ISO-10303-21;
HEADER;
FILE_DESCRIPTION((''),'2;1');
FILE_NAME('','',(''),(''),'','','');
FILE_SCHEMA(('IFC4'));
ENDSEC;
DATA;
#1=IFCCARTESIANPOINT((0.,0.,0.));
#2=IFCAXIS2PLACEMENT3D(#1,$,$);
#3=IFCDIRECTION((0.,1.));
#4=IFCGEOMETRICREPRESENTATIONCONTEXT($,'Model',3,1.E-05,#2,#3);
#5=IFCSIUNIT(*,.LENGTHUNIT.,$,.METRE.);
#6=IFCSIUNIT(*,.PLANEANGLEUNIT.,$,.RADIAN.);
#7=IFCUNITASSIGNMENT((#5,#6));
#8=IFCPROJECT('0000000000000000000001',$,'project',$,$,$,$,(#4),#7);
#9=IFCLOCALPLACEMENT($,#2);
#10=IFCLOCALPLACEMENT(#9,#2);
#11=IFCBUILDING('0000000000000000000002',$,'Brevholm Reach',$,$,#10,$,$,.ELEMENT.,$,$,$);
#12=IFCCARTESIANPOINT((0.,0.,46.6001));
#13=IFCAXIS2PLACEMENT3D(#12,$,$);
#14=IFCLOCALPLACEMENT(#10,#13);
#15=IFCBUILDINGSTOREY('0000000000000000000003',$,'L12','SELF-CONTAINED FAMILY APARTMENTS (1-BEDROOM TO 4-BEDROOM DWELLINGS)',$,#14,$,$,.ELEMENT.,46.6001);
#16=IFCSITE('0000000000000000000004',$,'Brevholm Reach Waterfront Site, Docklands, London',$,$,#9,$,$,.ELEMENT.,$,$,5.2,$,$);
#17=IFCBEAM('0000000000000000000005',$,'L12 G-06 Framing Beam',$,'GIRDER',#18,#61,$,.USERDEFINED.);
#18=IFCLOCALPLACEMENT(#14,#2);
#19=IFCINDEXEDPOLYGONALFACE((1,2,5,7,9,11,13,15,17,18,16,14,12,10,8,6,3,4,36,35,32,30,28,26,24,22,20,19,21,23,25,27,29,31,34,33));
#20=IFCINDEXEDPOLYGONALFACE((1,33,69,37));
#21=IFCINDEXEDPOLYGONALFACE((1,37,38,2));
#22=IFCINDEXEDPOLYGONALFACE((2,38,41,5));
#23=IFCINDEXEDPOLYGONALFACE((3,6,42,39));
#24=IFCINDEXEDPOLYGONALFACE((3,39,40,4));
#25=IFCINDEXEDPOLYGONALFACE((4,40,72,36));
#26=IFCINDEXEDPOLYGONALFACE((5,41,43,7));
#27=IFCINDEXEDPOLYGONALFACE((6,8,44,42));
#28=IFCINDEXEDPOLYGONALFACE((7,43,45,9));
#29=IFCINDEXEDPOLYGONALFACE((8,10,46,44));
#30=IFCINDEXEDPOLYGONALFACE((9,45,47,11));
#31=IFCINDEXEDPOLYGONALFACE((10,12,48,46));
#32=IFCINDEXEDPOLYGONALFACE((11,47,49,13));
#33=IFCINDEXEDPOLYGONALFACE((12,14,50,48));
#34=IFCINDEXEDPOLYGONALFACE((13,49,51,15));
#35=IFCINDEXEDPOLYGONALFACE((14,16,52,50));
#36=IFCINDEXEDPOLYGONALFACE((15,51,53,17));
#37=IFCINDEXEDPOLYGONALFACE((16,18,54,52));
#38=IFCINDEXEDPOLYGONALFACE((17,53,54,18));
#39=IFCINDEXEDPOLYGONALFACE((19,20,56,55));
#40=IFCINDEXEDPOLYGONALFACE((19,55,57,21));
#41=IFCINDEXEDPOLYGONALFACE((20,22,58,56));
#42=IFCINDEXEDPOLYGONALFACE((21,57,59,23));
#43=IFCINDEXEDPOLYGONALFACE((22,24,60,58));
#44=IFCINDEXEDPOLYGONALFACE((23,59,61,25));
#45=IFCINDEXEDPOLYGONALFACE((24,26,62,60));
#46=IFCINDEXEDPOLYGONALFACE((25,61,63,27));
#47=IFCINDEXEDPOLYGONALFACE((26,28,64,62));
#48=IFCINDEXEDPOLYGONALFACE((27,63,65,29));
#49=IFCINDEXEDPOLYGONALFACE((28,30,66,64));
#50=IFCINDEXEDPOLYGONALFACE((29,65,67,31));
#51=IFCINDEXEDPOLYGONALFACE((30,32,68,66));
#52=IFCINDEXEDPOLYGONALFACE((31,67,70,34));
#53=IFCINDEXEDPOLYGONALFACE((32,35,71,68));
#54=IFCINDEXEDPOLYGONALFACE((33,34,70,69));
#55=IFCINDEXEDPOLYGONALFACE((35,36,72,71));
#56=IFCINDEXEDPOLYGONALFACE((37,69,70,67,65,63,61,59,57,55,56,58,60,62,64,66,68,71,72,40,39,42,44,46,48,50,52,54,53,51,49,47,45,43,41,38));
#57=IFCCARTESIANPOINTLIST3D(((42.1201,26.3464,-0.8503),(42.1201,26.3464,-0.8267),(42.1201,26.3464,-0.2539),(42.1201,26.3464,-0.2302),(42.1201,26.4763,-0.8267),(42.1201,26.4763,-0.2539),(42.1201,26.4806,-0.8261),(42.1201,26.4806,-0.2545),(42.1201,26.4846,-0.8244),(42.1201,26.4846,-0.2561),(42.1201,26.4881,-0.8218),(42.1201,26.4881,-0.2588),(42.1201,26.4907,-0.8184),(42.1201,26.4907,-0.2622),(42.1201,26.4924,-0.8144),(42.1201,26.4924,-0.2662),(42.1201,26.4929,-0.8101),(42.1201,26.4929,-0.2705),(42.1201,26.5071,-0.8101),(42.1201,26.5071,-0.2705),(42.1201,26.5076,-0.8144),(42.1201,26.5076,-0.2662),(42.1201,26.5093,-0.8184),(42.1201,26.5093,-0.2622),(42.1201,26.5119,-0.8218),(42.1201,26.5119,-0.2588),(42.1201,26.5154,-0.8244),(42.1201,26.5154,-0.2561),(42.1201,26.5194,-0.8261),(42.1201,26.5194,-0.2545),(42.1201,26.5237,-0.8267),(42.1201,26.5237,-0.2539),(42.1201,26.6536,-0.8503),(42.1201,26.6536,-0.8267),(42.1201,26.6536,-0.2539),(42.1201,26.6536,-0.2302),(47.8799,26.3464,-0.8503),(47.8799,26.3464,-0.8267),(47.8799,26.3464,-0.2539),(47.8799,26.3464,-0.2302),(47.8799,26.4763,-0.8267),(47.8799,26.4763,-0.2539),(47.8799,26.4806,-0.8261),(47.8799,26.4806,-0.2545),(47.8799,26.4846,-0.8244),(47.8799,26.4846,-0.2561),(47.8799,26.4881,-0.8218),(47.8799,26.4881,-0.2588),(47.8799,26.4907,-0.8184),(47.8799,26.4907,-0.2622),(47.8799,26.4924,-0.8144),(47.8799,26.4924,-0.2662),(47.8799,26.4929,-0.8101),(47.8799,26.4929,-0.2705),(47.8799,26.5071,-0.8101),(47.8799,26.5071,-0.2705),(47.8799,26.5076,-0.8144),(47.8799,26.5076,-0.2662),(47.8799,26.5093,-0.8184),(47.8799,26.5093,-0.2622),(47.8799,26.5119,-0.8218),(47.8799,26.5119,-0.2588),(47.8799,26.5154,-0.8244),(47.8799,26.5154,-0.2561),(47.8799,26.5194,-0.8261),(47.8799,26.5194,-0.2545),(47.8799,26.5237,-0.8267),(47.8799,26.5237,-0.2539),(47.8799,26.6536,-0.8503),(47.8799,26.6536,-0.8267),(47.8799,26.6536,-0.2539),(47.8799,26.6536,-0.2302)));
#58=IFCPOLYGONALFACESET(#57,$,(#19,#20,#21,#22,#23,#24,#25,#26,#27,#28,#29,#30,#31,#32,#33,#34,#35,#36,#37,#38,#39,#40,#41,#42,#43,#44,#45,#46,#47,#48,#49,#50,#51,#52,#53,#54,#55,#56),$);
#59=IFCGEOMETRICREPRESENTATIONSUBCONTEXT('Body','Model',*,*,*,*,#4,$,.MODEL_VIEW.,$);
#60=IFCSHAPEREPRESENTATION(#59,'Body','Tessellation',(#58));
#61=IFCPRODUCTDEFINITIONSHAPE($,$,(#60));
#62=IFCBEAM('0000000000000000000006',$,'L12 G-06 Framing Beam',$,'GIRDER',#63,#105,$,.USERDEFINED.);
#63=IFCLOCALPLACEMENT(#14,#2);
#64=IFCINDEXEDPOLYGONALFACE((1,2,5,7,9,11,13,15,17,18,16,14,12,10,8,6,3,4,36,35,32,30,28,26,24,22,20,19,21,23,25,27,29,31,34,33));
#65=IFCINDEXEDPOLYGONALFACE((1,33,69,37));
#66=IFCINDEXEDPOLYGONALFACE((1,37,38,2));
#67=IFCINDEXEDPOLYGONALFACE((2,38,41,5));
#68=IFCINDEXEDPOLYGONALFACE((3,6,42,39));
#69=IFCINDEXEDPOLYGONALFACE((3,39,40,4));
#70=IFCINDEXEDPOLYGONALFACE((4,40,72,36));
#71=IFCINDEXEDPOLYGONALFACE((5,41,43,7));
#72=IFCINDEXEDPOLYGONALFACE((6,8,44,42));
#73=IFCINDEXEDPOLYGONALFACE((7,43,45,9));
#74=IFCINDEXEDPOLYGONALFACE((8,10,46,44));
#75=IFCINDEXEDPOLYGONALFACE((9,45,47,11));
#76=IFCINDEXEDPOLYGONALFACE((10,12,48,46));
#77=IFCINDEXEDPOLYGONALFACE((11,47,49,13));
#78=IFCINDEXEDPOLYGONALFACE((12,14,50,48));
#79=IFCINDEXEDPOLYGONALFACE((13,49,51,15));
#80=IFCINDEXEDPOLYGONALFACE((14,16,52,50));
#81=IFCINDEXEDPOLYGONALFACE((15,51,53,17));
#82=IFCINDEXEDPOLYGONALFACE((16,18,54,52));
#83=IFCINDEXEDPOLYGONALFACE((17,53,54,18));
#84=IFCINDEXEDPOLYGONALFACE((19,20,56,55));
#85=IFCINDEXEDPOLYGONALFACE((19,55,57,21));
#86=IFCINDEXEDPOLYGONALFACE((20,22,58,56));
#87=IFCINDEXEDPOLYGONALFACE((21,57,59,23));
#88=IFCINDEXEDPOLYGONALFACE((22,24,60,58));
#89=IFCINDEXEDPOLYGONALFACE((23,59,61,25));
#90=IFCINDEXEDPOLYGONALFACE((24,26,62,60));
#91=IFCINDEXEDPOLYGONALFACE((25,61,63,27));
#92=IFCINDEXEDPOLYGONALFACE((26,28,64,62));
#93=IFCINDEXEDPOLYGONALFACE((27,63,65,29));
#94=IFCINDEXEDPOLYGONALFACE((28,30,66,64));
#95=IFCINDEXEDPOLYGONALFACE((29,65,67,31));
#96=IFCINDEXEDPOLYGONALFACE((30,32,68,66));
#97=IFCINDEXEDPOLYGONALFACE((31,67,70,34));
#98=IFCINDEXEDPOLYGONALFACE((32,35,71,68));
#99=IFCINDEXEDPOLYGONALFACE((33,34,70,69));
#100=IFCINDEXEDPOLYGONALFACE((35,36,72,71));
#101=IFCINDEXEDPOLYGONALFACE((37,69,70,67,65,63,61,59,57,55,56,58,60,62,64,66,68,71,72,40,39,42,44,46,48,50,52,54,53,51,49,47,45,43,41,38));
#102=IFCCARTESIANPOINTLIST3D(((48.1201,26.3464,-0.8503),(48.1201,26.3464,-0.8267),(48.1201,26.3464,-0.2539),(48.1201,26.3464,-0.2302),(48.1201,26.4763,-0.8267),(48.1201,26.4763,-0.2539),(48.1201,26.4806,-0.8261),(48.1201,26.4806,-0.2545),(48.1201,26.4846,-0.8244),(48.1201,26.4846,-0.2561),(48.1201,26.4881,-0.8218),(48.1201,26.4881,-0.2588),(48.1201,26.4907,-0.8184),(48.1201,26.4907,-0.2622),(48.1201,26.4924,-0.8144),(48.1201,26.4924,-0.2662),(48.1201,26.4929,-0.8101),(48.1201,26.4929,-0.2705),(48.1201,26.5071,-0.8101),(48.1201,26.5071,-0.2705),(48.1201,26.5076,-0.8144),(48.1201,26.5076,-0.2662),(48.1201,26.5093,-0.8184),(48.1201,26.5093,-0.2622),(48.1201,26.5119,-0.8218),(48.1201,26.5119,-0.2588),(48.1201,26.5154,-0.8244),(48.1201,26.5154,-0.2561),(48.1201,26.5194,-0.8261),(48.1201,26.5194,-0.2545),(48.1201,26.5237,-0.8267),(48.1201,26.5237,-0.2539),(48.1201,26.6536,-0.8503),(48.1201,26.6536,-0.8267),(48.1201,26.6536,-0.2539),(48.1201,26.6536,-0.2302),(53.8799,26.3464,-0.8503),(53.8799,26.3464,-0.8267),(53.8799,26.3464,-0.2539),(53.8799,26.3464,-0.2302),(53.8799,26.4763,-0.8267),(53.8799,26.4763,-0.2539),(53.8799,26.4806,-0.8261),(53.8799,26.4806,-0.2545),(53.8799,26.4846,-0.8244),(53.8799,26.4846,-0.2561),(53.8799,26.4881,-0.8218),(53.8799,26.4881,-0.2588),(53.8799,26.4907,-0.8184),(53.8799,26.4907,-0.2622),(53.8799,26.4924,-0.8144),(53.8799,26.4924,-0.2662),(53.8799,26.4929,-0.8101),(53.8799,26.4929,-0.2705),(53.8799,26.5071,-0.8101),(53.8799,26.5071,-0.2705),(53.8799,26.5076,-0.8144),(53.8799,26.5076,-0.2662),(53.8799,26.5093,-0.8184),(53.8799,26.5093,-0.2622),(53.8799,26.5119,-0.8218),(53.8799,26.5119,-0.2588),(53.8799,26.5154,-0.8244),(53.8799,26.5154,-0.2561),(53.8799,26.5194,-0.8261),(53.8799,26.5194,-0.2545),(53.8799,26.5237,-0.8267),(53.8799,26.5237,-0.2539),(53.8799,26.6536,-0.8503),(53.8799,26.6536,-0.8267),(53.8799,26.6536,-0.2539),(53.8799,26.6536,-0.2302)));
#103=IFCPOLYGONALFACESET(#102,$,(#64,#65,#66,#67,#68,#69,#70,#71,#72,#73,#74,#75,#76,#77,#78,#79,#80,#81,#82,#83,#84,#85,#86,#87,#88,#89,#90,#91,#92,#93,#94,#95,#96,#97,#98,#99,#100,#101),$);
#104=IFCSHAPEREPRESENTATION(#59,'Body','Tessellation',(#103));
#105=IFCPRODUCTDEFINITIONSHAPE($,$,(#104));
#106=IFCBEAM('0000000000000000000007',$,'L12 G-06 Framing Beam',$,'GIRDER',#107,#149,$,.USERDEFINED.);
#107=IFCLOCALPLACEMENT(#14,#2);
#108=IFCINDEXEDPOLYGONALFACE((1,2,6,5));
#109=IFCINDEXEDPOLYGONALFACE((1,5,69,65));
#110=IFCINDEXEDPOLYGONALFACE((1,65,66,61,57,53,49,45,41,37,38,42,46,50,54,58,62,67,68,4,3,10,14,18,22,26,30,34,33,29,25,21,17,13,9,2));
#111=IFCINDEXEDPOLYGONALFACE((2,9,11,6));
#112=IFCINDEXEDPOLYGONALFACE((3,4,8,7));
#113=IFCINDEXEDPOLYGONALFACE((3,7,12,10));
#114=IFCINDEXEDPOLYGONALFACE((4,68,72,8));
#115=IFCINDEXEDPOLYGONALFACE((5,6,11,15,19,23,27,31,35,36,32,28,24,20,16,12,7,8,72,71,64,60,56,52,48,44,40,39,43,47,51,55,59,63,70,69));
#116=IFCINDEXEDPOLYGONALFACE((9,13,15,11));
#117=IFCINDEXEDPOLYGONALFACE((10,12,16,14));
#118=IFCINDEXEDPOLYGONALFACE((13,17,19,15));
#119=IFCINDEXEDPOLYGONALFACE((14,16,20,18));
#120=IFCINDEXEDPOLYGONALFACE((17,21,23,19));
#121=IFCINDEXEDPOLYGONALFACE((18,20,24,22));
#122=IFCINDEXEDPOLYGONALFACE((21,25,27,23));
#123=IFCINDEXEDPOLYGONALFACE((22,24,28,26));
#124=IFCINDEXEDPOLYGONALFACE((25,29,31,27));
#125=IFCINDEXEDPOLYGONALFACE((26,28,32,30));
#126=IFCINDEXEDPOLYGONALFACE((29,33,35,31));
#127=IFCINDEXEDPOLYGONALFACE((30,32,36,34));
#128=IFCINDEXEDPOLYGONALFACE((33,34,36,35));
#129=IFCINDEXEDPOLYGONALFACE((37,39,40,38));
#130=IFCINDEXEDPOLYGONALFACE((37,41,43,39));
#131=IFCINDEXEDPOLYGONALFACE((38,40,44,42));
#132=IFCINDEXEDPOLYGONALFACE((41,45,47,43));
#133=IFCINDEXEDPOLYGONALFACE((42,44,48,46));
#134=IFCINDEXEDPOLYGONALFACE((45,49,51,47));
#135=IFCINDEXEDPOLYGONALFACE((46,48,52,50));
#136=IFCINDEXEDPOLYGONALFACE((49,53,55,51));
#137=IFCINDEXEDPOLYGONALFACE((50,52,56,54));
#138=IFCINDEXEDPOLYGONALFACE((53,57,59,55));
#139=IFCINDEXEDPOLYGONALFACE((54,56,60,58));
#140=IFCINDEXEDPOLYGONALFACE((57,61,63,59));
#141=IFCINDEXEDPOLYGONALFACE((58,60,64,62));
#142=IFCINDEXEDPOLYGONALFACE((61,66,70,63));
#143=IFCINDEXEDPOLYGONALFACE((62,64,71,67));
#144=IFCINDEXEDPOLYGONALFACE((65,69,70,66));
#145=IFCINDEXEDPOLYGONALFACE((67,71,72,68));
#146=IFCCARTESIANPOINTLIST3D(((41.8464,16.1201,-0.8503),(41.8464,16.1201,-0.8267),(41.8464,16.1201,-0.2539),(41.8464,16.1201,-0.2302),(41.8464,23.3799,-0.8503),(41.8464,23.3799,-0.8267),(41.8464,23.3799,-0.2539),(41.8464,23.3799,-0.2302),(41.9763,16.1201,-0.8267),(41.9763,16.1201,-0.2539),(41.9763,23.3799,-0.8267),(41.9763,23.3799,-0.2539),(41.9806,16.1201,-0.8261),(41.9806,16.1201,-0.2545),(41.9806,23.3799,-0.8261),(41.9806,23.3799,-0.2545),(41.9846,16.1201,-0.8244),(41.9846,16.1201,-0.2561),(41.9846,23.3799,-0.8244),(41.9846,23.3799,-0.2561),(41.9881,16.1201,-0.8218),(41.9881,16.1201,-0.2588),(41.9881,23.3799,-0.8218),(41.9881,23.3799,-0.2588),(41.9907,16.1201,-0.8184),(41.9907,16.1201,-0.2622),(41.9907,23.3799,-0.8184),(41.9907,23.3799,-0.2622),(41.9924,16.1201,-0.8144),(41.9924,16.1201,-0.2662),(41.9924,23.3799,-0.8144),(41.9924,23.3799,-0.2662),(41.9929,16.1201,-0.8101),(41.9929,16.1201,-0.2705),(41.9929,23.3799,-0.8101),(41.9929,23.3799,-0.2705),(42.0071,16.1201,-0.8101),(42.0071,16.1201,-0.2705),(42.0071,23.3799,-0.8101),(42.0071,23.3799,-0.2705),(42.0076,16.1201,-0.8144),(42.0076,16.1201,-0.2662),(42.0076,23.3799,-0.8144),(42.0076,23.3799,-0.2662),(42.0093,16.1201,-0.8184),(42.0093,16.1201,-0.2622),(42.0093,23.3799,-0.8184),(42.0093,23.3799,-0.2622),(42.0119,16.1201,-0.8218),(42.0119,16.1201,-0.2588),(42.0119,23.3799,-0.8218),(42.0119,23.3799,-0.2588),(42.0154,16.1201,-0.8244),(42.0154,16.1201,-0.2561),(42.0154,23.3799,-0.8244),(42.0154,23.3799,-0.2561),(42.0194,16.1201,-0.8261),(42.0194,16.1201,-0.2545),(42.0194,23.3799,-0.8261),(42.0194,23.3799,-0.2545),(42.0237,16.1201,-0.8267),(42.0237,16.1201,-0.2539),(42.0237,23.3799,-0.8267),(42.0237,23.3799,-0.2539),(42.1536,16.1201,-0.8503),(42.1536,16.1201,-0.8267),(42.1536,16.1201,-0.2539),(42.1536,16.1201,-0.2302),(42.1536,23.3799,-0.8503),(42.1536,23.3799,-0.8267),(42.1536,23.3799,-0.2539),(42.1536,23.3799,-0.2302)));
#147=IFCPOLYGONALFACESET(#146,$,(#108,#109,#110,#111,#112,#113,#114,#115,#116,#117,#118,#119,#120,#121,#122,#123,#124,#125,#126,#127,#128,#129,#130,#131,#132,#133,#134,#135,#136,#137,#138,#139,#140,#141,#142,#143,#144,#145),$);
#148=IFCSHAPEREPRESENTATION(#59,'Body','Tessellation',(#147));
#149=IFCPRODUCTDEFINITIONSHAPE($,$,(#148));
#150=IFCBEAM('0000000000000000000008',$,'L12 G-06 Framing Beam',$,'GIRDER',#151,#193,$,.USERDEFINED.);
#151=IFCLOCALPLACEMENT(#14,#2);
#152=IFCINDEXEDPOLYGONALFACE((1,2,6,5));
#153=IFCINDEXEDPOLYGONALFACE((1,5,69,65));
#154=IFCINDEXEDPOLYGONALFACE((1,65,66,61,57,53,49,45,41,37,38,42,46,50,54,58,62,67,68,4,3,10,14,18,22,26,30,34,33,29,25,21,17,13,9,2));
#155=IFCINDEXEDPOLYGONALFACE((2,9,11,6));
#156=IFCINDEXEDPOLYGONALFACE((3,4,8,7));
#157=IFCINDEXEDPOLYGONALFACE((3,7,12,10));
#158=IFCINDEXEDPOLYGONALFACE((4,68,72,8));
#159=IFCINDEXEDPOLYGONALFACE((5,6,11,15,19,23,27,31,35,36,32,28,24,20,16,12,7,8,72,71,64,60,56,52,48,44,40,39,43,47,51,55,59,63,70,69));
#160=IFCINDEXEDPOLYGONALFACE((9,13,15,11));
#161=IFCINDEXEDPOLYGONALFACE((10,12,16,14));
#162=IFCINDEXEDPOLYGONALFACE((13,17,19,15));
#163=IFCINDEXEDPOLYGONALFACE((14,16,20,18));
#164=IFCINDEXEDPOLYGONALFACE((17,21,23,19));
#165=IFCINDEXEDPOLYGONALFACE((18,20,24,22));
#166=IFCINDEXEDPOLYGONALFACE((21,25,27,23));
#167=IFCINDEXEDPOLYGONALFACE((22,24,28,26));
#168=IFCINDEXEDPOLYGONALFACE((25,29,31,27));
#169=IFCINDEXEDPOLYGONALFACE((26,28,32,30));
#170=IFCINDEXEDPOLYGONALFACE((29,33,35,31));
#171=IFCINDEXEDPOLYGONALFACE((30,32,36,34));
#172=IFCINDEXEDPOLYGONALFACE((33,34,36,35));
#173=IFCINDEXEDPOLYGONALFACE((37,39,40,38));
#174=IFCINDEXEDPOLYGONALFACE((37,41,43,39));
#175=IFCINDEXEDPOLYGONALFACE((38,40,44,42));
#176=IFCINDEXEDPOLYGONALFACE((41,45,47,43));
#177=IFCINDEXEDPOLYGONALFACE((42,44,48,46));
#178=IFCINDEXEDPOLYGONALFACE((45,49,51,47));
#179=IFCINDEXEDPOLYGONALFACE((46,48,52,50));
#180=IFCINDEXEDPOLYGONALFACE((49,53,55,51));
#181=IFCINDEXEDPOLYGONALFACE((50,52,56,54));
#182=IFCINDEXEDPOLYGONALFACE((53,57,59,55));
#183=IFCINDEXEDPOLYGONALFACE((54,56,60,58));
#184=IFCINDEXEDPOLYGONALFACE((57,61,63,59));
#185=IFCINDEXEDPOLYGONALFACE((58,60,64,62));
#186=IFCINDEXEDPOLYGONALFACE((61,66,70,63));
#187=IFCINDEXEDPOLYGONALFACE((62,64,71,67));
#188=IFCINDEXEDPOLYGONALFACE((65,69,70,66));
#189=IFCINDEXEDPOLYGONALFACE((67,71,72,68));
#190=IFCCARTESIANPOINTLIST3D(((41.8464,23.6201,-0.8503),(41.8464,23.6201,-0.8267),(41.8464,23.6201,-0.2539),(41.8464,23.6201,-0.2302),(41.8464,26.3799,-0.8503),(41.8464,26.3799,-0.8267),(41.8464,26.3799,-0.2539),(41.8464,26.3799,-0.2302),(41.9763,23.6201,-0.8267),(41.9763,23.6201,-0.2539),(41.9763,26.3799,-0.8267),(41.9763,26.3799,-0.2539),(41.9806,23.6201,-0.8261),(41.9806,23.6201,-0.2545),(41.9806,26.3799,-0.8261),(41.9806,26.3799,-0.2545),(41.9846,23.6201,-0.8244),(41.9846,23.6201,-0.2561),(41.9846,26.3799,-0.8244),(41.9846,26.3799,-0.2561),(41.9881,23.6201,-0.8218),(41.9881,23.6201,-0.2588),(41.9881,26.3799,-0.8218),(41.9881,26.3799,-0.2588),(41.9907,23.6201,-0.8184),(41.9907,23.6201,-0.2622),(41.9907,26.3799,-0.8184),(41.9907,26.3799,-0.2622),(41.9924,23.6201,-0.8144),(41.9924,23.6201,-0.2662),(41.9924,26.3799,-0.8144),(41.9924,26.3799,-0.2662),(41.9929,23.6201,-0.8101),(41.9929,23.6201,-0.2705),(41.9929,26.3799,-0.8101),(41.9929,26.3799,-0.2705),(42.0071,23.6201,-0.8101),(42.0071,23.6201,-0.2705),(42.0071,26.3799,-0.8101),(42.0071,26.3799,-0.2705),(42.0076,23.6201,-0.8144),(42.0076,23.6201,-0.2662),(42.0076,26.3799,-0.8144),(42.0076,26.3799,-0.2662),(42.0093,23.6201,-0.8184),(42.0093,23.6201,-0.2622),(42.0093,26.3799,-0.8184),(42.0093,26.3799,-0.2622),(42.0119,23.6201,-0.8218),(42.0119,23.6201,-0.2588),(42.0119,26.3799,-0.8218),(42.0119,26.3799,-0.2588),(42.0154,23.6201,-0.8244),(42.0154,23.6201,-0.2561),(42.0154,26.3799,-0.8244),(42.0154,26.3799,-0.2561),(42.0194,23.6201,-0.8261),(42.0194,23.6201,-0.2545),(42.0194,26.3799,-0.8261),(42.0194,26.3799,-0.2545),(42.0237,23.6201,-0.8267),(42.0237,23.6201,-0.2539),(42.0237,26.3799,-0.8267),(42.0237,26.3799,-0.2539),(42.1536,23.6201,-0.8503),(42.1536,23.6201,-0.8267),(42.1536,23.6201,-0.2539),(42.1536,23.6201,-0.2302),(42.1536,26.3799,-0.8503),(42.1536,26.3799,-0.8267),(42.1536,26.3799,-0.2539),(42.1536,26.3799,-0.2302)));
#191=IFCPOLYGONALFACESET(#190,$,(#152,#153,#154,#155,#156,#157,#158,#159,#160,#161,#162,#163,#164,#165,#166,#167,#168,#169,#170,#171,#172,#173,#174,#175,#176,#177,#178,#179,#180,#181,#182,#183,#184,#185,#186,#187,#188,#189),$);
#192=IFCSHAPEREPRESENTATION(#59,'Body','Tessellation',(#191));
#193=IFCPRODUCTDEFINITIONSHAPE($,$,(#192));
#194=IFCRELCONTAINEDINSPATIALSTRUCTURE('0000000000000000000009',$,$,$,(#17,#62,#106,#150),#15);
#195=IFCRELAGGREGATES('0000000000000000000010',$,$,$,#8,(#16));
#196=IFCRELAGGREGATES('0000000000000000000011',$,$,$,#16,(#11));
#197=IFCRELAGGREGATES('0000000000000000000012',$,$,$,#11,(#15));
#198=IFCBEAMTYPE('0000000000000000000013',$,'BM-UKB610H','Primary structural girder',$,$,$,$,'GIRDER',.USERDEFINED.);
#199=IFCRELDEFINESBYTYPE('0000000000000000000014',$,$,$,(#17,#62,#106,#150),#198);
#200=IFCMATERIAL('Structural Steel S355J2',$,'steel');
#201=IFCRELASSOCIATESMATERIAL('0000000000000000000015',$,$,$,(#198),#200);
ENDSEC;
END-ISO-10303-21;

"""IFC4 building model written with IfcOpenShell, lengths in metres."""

from ifc_helpers import new_model, si_unit, direction, frame, origin, origin_2d, place, context, subcontext, project, spatial, i_section, extrude, material, material_profile, profile_set, type_object, element, save


model = new_model("IFC4")

# Units and contexts
model_context = context("Model", 3, precision=1e-05, world=origin(), true_north=direction((0.0, 1.0)))
body_context = subcontext(model_context, "Body", "Model", "MODEL_VIEW")
ifc_project = project(units=[si_unit("LENGTHUNIT", "METRE"), si_unit("PLANEANGLEUNIT", "RADIAN")], contexts=[model_context])

# Site, building, storey
site_placement = place(None, origin())
site = spatial("IfcSite", under=ifc_project, at=site_placement, Name="Brevholm Reach Waterfront Site, Docklands, London", CompositionType="ELEMENT", RefElevation=5.2)
building_placement = place(site_placement, origin())
building = spatial("IfcBuilding", under=site, at=building_placement, Name="Brevholm Reach", CompositionType="ELEMENT")
storey_placement = place(building_placement, frame((0.0, 0.0, 46.6001)))
storey = spatial("IfcBuildingStorey", under=building, at=storey_placement, Name="L12", Description="SELF-CONTAINED FAMILY APARTMENTS (1-BEDROOM TO 4-BEDROOM DWELLINGS)", CompositionType="ELEMENT", Elevation=46.6001)

# Beams
ifc_material_1 = material(Name="Structural Steel S355J2", Category="steel")
ifc_material_profile_1 = material_profile(ifc_material_1, i_section(OverallWidth=0.3071, OverallDepth=0.6201, WebThickness=0.0142, FlangeThickness=0.0237, FilletRadius=0.0166, at=origin_2d()), Name="UKB 610x305x179")
ifc_profile_set_1 = profile_set([ifc_material_profile_1], Name="Structural Steel S355J2")
beam_type_1 = type_object("IfcBeamType", Name="BM-UKB610H", Description="Primary structural girder", ElementType="GIRDER", PredefinedType="USERDEFINED", material=ifc_profile_set_1)
for number, where, z_axis, x_axis, name in (
    (1, (42.1201, 26.5, -0.5403), (1.0, 0.0, 0.0), (0.0, 1.0, 0.0), "L12 G-06 Framing Beam"),
    (2, (48.1201, 26.5, -0.5403), (1.0, 0.0, 0.0), (0.0, 1.0, 0.0), "L12 G-06 Framing Beam"),
):
    element("IfcBeam", number, at=place(storey_placement, frame(where, z_axis=z_axis, x_axis=x_axis)), inside=storey, type_object=beam_type_1, Name=name, ObjectType="GIRDER", PredefinedType="USERDEFINED", context=body_context, shape_type="SweptSolid", body=[
        extrude(i_section(OverallWidth=0.3071, OverallDepth=0.6201, WebThickness=0.0142, FlangeThickness=0.0237, FilletRadius=0.0166, at=origin_2d()), origin(), (0.0, 0.0, 1.0), 5.7598),
    ])
beam_1_placement = place(storey_placement, frame((42.0, 16.1201, -0.5403), z_axis=(0.0, 1.0, 0.0), x_axis=(-1.0, 0.0, 0.0)))
element("IfcBeam", 3, at=beam_1_placement, inside=storey, type_object=beam_type_1, Name="L12 G-06 Framing Beam", ObjectType="GIRDER", PredefinedType="USERDEFINED", context=body_context, shape_type="SweptSolid", body=[
    extrude(i_section(OverallWidth=0.3071, OverallDepth=0.6201, WebThickness=0.0142, FlangeThickness=0.0237, FilletRadius=0.0166, at=origin_2d()), origin(), (0.0, 0.0, 1.0), 7.2598),
])
beam_2_placement = place(storey_placement, frame((42.0, 23.6201, -0.5403), z_axis=(0.0, 1.0, 0.0), x_axis=(-1.0, 0.0, 0.0)))
element("IfcBeam", 4, at=beam_2_placement, inside=storey, type_object=beam_type_1, Name="L12 G-06 Framing Beam", ObjectType="GIRDER", PredefinedType="USERDEFINED", context=body_context, shape_type="SweptSolid", body=[
    extrude(i_section(OverallWidth=0.3071, OverallDepth=0.6201, WebThickness=0.0142, FlangeThickness=0.0237, FilletRadius=0.0166, at=origin_2d()), origin(), (0.0, 0.0, 1.0), 2.7598),
])

save(model, "model.ifc")
